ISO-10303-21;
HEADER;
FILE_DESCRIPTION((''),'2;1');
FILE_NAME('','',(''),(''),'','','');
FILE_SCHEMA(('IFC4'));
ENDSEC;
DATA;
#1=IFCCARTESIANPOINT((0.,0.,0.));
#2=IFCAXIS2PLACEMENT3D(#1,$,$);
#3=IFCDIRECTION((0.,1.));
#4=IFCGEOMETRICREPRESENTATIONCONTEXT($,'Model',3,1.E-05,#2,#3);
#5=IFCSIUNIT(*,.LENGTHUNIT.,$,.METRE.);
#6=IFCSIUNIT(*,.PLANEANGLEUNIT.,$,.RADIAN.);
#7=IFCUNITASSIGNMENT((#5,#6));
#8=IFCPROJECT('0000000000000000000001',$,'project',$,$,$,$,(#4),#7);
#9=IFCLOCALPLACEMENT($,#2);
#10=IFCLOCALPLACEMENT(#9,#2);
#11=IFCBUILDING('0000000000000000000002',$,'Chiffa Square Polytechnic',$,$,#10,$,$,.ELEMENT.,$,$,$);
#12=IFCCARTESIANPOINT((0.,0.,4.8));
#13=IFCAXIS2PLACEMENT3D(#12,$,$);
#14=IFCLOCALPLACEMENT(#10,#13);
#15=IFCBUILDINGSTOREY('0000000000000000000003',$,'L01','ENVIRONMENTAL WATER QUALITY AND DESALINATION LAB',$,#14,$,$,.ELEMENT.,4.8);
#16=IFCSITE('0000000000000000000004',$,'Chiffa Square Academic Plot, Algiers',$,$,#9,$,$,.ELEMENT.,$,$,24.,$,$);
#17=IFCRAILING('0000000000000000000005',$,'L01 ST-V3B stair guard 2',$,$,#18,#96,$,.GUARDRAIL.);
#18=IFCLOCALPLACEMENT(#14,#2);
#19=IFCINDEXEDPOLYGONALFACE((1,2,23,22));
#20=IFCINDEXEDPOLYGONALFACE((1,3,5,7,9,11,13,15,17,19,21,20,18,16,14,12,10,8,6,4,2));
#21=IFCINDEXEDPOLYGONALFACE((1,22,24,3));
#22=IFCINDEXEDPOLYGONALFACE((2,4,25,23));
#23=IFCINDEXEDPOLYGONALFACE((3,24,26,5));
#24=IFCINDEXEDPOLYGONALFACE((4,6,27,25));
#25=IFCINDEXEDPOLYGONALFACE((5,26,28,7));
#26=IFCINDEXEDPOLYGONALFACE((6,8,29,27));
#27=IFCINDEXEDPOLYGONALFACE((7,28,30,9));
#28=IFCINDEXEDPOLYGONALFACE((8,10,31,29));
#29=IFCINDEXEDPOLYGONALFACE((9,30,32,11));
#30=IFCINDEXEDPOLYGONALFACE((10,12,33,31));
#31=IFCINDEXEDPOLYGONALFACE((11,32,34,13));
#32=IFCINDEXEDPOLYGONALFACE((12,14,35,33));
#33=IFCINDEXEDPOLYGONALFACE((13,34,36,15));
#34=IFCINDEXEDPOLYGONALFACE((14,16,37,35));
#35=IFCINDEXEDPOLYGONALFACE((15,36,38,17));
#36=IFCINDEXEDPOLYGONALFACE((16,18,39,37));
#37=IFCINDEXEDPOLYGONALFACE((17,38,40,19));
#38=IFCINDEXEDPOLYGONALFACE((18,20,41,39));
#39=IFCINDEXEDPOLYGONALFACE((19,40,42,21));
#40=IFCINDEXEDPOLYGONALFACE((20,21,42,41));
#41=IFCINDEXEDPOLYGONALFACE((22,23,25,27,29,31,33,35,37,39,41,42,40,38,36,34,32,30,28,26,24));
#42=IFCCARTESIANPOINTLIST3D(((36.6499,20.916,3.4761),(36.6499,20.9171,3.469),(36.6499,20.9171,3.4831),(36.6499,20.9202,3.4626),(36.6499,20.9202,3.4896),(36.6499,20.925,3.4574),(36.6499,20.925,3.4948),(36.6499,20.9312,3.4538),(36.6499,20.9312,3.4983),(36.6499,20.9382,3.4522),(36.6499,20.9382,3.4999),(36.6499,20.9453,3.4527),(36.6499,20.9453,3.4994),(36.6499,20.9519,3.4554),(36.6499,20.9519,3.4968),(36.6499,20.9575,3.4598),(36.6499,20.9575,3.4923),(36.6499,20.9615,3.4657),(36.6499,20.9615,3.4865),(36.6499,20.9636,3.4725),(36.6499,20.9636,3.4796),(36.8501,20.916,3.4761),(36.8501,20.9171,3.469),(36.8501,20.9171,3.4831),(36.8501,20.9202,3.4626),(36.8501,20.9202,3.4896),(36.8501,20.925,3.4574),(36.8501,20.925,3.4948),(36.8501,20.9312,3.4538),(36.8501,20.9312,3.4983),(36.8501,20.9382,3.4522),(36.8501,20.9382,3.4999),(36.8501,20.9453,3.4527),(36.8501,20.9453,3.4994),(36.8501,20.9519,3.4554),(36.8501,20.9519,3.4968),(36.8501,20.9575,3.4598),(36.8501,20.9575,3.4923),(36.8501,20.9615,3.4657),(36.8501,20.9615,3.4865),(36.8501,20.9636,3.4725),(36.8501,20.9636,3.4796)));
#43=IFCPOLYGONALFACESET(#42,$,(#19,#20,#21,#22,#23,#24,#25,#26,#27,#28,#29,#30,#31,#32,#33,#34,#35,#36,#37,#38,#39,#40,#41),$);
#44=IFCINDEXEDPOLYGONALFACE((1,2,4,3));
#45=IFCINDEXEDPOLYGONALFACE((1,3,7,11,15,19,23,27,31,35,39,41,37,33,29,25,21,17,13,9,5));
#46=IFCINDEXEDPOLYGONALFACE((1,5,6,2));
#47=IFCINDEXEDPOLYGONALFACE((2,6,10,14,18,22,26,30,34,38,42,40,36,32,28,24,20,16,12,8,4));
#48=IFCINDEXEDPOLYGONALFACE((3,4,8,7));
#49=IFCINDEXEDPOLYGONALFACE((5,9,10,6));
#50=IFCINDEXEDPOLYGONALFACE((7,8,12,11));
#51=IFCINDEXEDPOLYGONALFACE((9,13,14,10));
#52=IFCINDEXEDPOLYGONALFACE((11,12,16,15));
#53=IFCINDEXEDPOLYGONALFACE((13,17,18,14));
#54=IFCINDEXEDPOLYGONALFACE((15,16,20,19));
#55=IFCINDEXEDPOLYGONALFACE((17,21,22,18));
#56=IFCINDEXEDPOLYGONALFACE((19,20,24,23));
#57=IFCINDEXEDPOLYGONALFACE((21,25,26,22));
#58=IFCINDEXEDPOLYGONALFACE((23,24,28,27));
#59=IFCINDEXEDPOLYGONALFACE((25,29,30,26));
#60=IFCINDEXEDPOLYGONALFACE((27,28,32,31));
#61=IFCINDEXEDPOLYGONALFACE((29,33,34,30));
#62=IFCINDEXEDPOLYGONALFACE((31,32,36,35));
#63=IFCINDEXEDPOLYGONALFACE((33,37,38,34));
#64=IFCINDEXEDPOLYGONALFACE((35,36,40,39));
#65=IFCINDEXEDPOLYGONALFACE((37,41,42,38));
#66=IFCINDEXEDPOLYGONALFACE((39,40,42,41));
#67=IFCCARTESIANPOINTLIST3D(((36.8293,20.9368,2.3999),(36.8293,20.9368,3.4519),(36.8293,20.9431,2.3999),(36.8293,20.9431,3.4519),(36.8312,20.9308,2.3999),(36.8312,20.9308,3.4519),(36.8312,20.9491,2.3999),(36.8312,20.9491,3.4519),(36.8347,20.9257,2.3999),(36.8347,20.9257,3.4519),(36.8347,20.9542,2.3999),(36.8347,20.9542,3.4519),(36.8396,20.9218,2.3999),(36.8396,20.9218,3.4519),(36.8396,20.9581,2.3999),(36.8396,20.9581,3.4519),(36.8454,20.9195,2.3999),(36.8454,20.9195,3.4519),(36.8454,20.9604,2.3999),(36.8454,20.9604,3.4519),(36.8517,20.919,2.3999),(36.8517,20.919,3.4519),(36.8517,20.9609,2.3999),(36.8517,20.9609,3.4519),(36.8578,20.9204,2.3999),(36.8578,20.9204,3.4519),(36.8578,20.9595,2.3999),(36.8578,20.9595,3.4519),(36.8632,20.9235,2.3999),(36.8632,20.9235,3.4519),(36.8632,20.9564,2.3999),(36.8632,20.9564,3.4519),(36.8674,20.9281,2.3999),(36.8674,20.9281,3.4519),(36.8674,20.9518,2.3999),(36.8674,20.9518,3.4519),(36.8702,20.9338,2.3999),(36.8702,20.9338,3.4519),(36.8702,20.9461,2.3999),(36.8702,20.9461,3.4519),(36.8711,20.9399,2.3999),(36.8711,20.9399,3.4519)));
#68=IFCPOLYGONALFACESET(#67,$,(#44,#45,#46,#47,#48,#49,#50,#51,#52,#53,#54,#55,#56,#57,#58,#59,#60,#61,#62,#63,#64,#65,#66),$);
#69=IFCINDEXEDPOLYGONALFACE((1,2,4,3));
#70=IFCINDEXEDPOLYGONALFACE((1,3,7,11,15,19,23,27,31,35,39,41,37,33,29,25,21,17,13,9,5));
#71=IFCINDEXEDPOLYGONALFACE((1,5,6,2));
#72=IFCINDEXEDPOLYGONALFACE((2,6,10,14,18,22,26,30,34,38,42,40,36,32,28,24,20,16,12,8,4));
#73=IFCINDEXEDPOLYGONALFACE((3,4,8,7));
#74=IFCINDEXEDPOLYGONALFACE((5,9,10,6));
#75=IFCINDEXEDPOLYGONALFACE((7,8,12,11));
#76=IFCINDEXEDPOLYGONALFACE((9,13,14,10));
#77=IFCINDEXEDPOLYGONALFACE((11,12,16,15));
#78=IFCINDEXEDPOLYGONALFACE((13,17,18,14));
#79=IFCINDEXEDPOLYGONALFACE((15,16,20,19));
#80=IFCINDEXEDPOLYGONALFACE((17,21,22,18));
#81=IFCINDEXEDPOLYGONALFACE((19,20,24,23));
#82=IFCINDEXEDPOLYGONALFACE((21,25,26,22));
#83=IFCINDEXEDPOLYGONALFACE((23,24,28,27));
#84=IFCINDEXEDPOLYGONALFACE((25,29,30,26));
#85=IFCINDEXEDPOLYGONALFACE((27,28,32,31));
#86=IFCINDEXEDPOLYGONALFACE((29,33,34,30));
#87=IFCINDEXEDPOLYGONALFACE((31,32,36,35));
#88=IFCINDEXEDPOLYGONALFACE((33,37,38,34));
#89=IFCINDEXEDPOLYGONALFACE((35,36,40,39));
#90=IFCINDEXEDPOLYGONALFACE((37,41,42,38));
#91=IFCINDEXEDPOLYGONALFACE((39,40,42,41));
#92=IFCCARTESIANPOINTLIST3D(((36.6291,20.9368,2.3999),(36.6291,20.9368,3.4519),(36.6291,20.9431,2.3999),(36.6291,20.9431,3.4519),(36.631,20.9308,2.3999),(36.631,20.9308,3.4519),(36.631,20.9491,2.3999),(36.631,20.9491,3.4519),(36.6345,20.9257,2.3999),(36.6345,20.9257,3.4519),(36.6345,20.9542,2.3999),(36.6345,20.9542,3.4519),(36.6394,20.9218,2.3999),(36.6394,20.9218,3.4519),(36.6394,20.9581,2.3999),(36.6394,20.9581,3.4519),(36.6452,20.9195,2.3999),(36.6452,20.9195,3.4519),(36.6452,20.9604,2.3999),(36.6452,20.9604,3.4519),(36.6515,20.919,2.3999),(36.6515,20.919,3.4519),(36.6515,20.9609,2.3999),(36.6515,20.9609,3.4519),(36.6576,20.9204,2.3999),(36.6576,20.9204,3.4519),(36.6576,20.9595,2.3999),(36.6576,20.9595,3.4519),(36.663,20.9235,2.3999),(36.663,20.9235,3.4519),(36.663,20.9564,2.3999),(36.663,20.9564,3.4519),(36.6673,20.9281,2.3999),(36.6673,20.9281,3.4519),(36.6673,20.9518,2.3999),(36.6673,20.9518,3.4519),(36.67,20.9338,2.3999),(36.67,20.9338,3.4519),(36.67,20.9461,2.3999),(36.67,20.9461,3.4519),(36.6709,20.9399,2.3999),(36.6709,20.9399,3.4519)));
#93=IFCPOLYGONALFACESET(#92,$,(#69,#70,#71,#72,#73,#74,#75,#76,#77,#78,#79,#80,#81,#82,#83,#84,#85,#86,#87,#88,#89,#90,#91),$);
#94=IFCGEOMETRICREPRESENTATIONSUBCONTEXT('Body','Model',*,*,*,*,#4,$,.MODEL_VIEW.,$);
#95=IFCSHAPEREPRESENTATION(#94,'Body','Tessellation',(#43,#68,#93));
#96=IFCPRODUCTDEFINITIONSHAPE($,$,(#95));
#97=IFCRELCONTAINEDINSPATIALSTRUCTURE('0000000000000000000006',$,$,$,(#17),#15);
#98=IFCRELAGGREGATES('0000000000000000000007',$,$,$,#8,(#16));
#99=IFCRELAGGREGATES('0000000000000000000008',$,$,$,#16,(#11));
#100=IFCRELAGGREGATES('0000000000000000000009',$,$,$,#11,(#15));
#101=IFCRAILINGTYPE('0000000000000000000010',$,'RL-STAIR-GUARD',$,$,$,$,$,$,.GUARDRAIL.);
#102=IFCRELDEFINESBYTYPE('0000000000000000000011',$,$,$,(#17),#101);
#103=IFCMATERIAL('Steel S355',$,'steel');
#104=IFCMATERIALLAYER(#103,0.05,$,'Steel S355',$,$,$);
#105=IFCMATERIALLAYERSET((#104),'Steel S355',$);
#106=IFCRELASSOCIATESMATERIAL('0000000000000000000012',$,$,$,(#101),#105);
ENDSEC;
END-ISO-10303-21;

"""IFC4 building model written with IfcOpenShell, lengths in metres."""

from ifc_helpers import new_model, si_unit, direction, frame, origin, origin_2d, place, context, subcontext, project, spatial, circle, extrude, material, layer, layer_set, type_object, element, save


model = new_model("IFC4")

# Units and contexts
model_context = context("Model", 3, precision=1e-05, world=origin(), true_north=direction((0.0, 1.0)))
body_context = subcontext(model_context, "Body", "Model", "MODEL_VIEW")
ifc_project = project(units=[si_unit("LENGTHUNIT", "METRE"), si_unit("PLANEANGLEUNIT", "RADIAN")], contexts=[model_context])

# Site, building, storey
site_placement = place(None, origin())
site = spatial("IfcSite", under=ifc_project, at=site_placement, Name="Chiffa Square Academic Plot, Algiers", CompositionType="ELEMENT", RefElevation=24.0)
building_placement = place(site_placement, origin())
building = spatial("IfcBuilding", under=site, at=building_placement, Name="Chiffa Square Polytechnic", CompositionType="ELEMENT")
storey_placement = place(building_placement, frame((0.0, 0.0, 4.8)))
storey = spatial("IfcBuildingStorey", under=building, at=storey_placement, Name="L01", Description="ENVIRONMENTAL WATER QUALITY AND DESALINATION LAB", CompositionType="ELEMENT", Elevation=4.8)

# Railing
ifc_material_1 = material(Name="Steel S355", Category="steel")
ifc_layer_1 = layer(ifc_material_1, 0.05, Name="Steel S355")
ifc_layer_set_1 = layer_set([ifc_layer_1], Name="Steel S355")
railing_type_1 = type_object("IfcRailingType", Name="RL-STAIR-GUARD", PredefinedType="GUARDRAIL", material=ifc_layer_set_1)
railing_1_placement = place(storey_placement, frame((36.8501, 20.9399, 2.3999)))
element("IfcRailing", 1, at=railing_1_placement, inside=storey, type_object=railing_type_1, Name="L01 ST-V3B stair guard 2", PredefinedType="GUARDRAIL", context=body_context, shape_type="SweptSolid", body=[
    extrude(circle(Radius=0.0239, at=origin_2d()), frame((0.0, 0.0, 1.0762), z_axis=(-1.0, 0.0, 0.0), x_axis=(0.0, -1.0, 0.0)), (0.0, 0.0, 1.0), 0.2002),
    extrude(circle(Radius=0.021, at=origin_2d()), origin(), (0.0, 0.0, 1.0), 1.052),
    extrude(circle(Radius=0.021, at=origin_2d()), frame((-0.2002, 0.0, 0.0)), (0.0, 0.0, 1.0), 1.052),
])

save(model, "model.ifc")
